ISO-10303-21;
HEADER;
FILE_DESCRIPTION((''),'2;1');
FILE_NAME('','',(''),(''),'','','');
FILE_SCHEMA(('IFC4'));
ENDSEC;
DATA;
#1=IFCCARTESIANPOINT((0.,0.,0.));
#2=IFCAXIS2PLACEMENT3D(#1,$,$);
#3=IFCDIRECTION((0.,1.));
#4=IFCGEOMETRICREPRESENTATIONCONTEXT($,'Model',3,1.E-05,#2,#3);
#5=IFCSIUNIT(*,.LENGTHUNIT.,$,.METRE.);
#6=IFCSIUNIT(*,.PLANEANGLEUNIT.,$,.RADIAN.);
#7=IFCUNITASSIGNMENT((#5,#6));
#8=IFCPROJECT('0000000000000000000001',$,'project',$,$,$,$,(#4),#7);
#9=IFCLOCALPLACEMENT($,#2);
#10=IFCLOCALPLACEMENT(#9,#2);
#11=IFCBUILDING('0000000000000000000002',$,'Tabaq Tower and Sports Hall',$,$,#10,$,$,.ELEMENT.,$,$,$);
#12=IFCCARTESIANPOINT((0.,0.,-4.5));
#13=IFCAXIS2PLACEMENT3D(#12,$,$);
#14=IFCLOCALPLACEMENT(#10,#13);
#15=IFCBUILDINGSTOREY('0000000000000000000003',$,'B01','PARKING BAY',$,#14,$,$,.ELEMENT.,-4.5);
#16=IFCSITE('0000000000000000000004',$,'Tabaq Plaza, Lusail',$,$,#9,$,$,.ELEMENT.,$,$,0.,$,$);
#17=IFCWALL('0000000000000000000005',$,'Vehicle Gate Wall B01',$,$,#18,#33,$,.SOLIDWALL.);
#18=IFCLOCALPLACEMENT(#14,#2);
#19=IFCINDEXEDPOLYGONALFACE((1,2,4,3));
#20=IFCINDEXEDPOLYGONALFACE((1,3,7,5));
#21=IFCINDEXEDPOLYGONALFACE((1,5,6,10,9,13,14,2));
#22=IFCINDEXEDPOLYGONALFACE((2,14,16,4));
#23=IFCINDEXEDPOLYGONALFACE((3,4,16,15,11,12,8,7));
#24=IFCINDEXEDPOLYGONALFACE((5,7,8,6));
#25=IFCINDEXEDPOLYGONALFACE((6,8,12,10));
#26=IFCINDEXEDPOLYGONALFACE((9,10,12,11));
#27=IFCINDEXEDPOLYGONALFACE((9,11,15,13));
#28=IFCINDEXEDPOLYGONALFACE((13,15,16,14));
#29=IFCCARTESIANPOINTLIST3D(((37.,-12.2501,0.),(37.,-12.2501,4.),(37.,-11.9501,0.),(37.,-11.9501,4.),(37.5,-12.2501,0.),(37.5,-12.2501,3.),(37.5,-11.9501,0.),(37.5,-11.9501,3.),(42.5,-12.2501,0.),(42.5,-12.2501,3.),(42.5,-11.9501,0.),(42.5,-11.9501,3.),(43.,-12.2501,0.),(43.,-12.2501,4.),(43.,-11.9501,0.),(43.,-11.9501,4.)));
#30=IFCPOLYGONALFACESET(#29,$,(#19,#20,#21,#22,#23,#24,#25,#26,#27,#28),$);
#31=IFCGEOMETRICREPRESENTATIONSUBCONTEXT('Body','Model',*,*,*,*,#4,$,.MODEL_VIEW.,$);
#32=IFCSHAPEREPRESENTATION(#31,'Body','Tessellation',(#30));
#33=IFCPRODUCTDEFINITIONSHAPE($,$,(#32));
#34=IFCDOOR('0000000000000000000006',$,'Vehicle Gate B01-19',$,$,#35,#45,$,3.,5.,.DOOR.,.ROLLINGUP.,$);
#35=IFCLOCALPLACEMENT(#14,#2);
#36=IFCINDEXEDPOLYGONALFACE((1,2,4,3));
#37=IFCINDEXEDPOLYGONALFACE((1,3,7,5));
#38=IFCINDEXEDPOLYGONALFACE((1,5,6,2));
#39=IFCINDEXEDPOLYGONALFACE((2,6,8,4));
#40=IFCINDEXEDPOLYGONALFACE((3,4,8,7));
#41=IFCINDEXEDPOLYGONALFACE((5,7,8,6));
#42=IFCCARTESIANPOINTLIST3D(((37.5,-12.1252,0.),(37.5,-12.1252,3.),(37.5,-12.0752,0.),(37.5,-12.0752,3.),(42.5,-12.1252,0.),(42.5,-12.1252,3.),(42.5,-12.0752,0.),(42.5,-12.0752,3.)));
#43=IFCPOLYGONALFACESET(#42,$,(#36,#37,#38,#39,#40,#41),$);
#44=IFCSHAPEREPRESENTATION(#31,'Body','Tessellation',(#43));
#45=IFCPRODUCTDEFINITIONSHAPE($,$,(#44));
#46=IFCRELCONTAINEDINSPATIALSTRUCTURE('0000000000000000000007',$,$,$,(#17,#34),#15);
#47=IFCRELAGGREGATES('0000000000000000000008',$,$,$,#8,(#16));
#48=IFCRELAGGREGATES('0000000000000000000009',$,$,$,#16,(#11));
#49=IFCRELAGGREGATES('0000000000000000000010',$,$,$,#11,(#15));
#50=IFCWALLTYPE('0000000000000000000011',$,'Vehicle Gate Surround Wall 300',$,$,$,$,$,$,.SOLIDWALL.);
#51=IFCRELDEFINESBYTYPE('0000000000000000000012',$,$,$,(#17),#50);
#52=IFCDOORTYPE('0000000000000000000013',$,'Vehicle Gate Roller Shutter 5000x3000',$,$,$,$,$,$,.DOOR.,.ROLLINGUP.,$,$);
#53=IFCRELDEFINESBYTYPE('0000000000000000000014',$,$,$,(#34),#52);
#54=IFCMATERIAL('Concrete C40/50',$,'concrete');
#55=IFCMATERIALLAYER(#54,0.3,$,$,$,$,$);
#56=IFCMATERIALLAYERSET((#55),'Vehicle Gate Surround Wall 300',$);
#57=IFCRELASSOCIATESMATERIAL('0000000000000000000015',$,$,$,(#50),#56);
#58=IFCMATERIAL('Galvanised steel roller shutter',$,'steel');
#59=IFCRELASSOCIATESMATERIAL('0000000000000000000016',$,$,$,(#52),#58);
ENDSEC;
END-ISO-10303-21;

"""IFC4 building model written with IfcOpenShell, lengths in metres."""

from ifc_helpers import new_model, si_unit, direction, frame, frame_2d, origin, place, context, subcontext, project, spatial, rectangle, extrude, material, layer, layer_set, type_object, element, fill, save


model = new_model("IFC4")

# Units and contexts
model_context = context("Model", 3, precision=1e-05, world=origin(), true_north=direction((0.0, 1.0)))
body_context = subcontext(model_context, "Body", "Model", "MODEL_VIEW")
ifc_project = project(units=[si_unit("LENGTHUNIT", "METRE"), si_unit("PLANEANGLEUNIT", "RADIAN")], contexts=[model_context])

# Site, building, storey
site_placement = place(None, origin())
site = spatial("IfcSite", under=ifc_project, at=site_placement, Name="Tabaq Plaza, Lusail", CompositionType="ELEMENT", RefElevation=0.0)
building_placement = place(site_placement, origin())
building = spatial("IfcBuilding", under=site, at=building_placement, Name="Tabaq Tower and Sports Hall", CompositionType="ELEMENT")
storey_placement = place(building_placement, frame((0.0, 0.0, -4.5)))
storey = spatial("IfcBuildingStorey", under=building, at=storey_placement, Name="B01", Description="PARKING BAY", CompositionType="ELEMENT", Elevation=-4.5)

# Wall, opening, door
ifc_material_1 = material(Name="Concrete C40/50", Category="concrete")
ifc_layer_1 = layer(ifc_material_1, 0.3)
ifc_layer_set_1 = layer_set([ifc_layer_1], Name="Vehicle Gate Surround Wall 300")
wall_type_1 = type_object("IfcWallType", Name="Vehicle Gate Surround Wall 300", PredefinedType="SOLIDWALL", material=ifc_layer_set_1)
wall_1_placement = place(storey_placement, frame((37.0, -12.1001, 0.0), z_axis=(0.0, 0.0, 1.0), x_axis=(1.0, 0.0, 0.0)))
wall_1 = element("IfcWall", 1, at=wall_1_placement, inside=storey, type_object=wall_type_1, Name="Vehicle Gate Wall B01", PredefinedType="SOLIDWALL", context=body_context, shape_type="SweptSolid", body=[
    extrude(rectangle(XDim=6.0, YDim=0.3, at=frame_2d((3.0, 0.0))), origin(), (0.0, 0.0, 1.0), 4.0),
])
opening_1_placement = place(wall_1_placement, frame((0.5, 0.0, 0.0)))
opening_1 = element("IfcOpeningElement", 2, at=opening_1_placement, cuts=wall_1, PredefinedType="OPENING", context=body_context, shape_type="SweptSolid", body=[
    extrude(rectangle(XDim=5.0, YDim=3.0, at=frame_2d((2.5, 1.5))), frame((0.0, 0.1602, 0.0), z_axis=(0.0, -1.0, 0.0), x_axis=(1.0, 0.0, 0.0)), (0.0, 0.0, 1.0), 0.3201),
])
ifc_material_2 = material(Name="Galvanised steel roller shutter", Category="steel")
door_type_1 = type_object("IfcDoorType", Name="Vehicle Gate Roller Shutter 5000x3000", OperationType="ROLLINGUP", PredefinedType="DOOR", material=ifc_material_2)
door_1_placement = place(opening_1_placement, origin())
door_1 = element("IfcDoor", 3, at=door_1_placement, inside=storey, type_object=door_type_1, Name="Vehicle Gate B01-19", OperationType="ROLLINGUP", OverallHeight=3.0, OverallWidth=5.0, PredefinedType="DOOR", context=body_context, shape_type="SweptSolid", body=[
    extrude(rectangle(XDim=5.0, YDim=3.0, at=frame_2d((2.5, 1.5))), frame((0.0, 0.0249, 0.0), z_axis=(0.0, -1.0, 0.0), x_axis=(1.0, 0.0, 0.0)), (0.0, 0.0, 1.0), 0.05),
])
fill(opening_1, door_1)

save(model, "model.ifc")
